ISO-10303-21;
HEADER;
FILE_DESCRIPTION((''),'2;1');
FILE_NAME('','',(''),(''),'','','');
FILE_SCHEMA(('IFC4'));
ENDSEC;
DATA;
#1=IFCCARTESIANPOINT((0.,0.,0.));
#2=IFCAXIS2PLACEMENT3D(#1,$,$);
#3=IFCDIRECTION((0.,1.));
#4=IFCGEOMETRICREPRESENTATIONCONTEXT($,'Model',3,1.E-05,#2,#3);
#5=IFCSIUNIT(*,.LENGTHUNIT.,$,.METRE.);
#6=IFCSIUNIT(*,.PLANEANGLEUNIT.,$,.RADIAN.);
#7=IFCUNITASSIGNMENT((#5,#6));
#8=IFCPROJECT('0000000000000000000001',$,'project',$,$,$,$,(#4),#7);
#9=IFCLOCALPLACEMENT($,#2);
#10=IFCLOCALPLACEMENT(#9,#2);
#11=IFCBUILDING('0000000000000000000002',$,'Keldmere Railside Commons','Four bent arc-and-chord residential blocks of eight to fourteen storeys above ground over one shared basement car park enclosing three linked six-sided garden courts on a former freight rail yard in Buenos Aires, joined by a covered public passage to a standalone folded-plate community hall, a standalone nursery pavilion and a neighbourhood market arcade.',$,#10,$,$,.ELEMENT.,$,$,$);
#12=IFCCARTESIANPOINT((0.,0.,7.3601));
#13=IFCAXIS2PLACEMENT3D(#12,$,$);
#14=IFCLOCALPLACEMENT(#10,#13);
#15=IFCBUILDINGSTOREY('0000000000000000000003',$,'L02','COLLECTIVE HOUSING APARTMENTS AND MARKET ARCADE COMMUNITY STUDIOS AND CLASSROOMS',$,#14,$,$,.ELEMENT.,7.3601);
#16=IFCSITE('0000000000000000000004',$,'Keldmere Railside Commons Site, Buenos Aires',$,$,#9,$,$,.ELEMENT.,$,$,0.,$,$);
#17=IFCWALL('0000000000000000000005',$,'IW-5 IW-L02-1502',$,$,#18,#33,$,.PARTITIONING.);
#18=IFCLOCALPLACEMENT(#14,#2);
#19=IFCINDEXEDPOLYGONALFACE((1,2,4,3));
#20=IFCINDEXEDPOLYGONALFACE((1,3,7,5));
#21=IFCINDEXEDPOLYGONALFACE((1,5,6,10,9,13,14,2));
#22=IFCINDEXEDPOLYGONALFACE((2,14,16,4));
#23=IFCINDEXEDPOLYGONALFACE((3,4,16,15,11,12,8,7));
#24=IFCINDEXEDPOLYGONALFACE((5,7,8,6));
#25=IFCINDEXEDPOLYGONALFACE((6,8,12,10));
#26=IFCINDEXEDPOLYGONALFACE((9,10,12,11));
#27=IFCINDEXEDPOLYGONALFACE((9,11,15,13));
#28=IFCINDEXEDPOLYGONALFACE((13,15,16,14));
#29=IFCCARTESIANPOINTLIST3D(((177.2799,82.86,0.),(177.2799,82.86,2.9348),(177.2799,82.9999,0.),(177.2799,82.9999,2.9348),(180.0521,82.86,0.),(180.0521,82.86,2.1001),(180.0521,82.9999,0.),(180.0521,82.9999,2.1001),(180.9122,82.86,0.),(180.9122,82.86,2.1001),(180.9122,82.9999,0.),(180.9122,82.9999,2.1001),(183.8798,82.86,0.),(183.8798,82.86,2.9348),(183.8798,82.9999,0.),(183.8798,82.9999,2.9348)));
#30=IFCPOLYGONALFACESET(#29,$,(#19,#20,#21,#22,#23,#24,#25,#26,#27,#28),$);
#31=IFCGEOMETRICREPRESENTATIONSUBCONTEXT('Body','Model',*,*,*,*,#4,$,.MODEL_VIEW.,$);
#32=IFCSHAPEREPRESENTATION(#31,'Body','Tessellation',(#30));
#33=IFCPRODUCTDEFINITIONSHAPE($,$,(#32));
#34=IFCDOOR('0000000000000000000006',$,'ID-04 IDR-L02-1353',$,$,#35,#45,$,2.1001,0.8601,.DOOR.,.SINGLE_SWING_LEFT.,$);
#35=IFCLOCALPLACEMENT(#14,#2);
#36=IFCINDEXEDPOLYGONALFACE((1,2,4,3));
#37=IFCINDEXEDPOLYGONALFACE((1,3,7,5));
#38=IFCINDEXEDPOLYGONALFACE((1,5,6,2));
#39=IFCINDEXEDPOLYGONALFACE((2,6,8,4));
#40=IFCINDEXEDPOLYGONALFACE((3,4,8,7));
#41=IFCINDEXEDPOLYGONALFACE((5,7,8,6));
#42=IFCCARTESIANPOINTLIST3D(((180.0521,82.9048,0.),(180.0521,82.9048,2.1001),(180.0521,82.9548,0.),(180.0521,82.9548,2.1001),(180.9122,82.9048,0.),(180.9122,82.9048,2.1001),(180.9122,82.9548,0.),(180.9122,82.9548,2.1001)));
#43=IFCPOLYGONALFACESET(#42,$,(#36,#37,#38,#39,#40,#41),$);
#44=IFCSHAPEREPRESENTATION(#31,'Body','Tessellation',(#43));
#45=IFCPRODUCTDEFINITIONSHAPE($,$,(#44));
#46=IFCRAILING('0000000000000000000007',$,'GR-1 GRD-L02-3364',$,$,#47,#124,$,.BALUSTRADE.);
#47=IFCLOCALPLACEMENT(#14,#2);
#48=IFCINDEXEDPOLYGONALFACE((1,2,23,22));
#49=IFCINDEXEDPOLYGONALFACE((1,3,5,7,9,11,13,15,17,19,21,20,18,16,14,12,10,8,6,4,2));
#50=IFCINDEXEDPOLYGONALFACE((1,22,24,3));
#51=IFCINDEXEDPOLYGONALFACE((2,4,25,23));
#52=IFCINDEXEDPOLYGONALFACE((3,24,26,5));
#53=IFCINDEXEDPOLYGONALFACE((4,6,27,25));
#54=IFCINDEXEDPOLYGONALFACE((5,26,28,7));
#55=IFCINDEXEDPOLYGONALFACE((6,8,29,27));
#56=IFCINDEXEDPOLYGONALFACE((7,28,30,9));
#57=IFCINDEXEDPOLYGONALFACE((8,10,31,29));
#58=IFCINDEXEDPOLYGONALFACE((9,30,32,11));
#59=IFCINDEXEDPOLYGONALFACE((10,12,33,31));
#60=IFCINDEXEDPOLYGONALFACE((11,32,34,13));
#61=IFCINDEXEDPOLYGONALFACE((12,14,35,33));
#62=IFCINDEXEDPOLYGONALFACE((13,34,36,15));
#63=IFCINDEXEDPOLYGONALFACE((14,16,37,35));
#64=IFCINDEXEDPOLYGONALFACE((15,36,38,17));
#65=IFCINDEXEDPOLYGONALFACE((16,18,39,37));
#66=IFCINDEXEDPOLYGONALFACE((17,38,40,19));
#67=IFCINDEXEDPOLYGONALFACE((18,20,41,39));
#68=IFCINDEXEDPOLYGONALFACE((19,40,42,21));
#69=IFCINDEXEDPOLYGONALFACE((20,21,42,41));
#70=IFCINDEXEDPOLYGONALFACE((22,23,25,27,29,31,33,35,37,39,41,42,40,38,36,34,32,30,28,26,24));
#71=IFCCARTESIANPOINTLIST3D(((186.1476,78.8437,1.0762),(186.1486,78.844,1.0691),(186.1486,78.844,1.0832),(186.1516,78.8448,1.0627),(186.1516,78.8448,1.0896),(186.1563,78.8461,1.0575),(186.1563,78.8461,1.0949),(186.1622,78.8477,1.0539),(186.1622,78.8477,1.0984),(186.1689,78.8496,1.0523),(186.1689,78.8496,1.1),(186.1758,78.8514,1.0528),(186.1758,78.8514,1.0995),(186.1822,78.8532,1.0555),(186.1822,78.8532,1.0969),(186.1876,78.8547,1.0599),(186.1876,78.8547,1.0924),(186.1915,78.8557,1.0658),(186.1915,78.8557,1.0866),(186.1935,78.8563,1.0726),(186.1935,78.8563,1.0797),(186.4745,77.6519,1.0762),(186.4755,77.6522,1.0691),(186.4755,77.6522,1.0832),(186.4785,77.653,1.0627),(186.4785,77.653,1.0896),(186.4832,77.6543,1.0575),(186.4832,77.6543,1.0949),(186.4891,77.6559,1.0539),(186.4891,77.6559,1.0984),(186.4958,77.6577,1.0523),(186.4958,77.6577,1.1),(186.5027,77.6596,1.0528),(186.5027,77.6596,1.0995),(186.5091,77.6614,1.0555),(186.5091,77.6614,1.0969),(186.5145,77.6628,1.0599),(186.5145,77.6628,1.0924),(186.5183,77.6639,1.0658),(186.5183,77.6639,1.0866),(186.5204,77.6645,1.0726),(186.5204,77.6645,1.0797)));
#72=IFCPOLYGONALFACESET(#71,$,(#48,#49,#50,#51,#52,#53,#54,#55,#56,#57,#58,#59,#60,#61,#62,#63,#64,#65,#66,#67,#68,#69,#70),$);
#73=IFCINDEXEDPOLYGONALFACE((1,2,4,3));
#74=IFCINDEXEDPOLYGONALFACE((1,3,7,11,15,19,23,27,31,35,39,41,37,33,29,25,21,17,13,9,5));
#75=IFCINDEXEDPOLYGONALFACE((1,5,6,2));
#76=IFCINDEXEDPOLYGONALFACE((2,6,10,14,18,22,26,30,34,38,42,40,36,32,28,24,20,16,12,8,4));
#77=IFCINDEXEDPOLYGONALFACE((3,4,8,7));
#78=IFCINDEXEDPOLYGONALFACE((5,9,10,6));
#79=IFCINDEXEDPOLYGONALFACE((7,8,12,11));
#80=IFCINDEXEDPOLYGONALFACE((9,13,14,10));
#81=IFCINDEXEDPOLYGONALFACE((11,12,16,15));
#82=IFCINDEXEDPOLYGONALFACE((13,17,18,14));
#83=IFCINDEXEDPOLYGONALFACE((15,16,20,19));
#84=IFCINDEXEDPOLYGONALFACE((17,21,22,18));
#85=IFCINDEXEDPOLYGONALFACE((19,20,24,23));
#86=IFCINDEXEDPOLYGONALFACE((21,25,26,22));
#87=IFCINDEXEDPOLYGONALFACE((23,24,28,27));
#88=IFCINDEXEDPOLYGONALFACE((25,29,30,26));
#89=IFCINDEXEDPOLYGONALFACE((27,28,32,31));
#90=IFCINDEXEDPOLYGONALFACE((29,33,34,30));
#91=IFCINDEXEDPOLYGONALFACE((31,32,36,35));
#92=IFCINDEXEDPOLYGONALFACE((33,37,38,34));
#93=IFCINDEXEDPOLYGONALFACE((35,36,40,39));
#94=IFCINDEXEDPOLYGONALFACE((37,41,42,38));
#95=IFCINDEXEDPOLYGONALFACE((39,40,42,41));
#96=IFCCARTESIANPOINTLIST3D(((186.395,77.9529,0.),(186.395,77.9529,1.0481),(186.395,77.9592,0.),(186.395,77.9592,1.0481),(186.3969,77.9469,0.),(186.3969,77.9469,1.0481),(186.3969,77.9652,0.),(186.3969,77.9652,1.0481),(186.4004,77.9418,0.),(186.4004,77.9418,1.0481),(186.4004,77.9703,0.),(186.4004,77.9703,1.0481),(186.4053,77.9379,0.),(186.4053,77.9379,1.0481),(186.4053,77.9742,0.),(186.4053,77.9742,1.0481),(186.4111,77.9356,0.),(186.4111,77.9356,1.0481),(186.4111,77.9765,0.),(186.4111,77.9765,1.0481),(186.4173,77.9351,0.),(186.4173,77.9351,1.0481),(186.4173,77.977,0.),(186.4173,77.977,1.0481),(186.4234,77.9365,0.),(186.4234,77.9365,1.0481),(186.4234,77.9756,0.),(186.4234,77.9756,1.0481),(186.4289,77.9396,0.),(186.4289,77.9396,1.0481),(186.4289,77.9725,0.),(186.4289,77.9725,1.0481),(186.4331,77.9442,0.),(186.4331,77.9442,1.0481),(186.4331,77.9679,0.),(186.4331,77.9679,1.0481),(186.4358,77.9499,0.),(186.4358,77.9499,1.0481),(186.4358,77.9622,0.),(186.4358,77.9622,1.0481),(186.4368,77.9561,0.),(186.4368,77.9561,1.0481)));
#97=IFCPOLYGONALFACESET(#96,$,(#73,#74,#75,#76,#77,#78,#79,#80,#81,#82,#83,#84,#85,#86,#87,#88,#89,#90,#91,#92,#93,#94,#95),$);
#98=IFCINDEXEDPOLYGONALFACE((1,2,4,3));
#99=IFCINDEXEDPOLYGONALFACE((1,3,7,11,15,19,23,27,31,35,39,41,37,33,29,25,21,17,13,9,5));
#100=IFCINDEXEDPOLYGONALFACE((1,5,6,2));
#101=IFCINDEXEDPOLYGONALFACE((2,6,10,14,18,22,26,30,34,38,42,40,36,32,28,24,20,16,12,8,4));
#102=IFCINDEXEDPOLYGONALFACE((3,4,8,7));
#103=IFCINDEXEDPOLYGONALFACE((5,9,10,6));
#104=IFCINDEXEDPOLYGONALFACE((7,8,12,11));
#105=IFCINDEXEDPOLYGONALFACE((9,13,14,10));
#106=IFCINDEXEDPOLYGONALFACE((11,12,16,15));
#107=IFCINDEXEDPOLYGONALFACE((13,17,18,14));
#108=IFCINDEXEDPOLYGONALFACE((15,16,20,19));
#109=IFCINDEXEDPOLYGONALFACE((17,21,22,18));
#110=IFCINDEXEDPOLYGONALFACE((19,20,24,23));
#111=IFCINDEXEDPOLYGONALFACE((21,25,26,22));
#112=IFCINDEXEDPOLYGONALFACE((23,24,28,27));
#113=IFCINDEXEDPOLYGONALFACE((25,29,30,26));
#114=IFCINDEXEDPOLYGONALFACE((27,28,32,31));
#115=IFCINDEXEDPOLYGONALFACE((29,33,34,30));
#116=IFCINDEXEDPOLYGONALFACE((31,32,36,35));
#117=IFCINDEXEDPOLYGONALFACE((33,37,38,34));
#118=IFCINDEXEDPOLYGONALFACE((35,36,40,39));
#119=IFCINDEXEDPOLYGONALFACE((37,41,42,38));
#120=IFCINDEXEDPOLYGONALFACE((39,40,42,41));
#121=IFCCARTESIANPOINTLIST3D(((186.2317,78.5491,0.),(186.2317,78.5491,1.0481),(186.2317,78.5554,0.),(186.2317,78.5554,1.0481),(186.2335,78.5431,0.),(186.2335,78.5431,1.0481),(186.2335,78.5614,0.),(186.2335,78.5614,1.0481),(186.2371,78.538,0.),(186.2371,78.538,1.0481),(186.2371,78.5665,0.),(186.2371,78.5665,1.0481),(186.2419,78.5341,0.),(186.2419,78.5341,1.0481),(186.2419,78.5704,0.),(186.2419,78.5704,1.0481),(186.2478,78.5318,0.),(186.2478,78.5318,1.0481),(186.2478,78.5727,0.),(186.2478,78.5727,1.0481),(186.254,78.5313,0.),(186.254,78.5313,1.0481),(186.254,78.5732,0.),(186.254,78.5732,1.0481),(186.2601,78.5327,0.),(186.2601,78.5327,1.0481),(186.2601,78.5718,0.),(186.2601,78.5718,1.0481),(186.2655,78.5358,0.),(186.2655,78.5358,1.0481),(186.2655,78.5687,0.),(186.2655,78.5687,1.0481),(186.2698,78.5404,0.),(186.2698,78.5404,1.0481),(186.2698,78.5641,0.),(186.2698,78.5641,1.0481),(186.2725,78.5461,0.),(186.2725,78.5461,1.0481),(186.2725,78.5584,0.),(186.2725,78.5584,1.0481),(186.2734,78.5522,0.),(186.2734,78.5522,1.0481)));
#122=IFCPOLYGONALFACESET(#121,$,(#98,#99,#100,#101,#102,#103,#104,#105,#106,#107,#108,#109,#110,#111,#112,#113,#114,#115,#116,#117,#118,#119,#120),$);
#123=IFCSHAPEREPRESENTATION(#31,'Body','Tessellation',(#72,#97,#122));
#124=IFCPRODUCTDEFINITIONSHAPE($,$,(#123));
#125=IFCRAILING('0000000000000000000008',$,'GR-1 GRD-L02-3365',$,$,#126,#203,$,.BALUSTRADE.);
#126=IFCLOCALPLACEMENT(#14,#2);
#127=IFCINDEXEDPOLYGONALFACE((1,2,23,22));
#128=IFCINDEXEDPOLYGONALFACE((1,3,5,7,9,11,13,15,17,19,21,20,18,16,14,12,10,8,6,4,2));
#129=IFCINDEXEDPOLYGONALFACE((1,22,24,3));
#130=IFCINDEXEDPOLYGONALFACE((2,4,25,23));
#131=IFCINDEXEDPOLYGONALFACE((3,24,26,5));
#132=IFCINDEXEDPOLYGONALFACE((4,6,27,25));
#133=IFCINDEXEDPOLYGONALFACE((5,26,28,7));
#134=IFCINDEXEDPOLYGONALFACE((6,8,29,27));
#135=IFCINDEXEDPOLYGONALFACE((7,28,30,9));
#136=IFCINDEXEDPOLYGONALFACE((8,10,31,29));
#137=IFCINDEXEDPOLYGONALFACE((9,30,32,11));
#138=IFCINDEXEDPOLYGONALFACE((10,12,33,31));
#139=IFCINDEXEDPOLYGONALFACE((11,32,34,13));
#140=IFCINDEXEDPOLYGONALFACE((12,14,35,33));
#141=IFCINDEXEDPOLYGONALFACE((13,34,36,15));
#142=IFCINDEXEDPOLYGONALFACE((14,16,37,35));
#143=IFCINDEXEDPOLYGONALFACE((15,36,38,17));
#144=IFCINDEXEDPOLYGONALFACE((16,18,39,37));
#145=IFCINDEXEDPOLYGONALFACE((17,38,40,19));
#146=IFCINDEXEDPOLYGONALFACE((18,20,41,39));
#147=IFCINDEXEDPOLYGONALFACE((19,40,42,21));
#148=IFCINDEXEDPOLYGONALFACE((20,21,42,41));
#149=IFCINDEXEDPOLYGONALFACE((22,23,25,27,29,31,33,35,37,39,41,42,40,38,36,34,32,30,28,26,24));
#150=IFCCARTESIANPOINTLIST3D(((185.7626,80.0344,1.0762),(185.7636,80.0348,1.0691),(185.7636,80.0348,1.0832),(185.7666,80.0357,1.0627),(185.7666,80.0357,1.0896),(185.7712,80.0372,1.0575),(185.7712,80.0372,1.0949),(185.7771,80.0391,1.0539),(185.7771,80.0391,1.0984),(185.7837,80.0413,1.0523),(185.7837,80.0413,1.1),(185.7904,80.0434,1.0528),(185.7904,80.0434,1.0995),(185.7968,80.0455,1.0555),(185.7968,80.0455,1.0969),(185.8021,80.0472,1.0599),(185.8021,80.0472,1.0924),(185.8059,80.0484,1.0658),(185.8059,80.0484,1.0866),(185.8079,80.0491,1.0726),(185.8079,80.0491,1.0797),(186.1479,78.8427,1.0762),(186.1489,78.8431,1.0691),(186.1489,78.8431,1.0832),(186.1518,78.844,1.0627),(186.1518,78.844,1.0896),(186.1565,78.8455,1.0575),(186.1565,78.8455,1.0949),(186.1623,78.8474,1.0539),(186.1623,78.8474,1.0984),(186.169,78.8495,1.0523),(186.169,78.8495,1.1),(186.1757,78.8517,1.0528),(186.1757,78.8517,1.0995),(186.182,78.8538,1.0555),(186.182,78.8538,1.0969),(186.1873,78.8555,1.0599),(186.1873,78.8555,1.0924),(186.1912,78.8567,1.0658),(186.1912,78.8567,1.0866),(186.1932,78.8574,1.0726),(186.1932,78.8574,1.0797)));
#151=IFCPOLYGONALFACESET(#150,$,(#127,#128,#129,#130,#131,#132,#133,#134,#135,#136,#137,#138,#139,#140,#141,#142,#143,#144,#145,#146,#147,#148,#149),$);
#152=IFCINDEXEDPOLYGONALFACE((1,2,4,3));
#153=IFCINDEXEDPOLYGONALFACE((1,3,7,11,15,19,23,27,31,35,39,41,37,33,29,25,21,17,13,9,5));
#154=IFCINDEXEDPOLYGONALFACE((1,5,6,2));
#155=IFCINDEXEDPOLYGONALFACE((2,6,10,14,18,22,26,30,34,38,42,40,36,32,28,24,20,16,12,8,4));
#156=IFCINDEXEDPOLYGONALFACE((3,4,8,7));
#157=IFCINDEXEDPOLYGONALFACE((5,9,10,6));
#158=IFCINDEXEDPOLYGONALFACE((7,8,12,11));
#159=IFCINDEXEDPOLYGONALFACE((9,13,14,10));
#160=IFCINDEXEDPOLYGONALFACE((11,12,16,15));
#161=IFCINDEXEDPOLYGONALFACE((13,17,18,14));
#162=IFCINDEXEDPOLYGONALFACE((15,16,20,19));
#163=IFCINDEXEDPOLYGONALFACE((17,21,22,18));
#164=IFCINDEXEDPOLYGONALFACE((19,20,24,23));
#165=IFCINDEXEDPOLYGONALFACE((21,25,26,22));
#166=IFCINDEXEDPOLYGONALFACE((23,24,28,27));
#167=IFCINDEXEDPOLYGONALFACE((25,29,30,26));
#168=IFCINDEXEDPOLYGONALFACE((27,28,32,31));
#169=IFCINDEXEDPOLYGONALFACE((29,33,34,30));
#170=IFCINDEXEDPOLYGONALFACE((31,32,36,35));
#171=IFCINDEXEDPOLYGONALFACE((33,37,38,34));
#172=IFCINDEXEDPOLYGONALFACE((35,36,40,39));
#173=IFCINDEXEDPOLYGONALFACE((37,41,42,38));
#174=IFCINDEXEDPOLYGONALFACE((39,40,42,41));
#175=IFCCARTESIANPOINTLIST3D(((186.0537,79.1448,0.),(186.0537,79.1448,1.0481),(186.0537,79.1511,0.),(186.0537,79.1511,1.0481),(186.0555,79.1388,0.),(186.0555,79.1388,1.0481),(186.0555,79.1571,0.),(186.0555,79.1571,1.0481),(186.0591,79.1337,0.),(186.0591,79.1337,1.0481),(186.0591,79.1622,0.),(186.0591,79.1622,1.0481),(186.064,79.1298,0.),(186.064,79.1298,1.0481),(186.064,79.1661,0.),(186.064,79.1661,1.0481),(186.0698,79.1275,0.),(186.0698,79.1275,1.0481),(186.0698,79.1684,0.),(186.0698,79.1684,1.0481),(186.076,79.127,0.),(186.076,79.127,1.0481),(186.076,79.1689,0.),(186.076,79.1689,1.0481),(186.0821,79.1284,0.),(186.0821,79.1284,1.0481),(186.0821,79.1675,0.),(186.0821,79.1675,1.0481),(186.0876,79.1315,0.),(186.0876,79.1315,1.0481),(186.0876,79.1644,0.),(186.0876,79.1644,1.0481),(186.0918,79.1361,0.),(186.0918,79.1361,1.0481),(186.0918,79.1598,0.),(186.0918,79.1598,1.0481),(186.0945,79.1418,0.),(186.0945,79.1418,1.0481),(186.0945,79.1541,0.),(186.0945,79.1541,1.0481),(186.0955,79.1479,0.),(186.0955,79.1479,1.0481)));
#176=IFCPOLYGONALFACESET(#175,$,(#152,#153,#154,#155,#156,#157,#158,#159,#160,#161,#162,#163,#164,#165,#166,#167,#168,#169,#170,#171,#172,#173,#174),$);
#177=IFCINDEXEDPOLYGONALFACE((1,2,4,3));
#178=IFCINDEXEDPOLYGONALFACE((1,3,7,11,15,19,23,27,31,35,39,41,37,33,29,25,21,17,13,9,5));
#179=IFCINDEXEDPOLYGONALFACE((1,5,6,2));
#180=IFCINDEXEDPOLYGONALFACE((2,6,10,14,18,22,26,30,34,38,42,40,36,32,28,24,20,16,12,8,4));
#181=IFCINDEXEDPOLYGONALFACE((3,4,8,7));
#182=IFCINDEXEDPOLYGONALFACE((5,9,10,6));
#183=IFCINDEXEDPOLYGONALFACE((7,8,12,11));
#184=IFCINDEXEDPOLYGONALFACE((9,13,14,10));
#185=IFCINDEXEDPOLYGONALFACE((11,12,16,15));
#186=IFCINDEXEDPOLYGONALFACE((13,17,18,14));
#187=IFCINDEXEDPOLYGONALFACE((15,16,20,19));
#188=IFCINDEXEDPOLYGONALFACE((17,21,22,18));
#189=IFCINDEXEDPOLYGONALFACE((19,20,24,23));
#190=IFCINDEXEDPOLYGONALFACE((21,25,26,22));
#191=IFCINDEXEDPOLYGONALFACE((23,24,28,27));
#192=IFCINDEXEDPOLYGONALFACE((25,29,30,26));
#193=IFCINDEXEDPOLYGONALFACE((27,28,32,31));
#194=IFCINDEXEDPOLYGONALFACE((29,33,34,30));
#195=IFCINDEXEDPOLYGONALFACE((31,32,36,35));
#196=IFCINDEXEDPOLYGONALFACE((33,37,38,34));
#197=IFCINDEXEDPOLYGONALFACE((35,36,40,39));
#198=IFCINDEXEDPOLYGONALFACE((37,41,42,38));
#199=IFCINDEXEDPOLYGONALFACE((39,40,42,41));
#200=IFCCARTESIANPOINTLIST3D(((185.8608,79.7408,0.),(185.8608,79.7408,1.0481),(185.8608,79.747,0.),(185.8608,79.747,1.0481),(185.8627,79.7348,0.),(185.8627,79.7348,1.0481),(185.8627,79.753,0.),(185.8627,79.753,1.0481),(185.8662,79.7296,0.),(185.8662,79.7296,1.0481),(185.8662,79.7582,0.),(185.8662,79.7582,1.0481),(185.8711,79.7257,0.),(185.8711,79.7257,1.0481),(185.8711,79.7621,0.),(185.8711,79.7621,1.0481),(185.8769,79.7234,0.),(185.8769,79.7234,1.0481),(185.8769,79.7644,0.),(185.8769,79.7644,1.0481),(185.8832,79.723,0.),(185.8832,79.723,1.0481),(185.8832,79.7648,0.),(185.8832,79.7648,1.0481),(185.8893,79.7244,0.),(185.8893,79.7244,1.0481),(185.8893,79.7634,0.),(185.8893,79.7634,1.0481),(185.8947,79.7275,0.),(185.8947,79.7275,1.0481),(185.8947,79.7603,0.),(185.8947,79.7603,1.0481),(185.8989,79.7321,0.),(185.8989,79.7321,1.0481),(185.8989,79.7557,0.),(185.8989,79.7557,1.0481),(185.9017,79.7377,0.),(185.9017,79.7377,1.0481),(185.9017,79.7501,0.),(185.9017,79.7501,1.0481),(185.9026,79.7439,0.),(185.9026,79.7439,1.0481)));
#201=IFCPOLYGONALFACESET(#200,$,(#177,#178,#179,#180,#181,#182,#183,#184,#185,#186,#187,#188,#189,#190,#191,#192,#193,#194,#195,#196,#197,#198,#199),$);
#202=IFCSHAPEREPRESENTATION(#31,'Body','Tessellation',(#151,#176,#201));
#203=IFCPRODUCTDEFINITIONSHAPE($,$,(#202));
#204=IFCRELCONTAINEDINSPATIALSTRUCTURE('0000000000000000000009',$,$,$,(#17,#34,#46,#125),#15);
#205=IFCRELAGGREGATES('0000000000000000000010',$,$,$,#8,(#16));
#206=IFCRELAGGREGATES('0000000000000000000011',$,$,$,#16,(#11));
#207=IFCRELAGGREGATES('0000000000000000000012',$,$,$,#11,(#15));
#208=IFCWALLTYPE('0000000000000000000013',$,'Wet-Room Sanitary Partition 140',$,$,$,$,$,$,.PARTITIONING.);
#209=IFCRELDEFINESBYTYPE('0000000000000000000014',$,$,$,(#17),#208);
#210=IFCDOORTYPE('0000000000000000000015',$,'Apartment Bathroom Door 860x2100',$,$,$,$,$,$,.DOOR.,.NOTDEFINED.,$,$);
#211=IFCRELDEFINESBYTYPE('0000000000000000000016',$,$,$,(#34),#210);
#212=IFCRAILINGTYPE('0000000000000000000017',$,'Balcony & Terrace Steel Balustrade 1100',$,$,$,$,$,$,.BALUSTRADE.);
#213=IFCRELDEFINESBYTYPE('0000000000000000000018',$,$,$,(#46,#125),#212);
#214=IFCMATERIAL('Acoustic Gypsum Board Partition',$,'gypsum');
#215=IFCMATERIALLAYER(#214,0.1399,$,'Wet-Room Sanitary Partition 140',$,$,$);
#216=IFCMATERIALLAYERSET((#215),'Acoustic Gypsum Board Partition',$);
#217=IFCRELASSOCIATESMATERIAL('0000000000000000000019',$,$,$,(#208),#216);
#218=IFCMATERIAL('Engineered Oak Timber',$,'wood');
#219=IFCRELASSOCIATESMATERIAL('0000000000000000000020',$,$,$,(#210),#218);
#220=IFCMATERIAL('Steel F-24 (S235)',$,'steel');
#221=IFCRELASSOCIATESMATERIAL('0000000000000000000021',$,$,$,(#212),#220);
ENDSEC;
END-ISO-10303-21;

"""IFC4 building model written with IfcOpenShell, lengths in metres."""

from ifc_helpers import new_model, si_unit, direction, frame, frame_2d, origin, origin_2d, place, context, subcontext, project, spatial, rectangle, circle, extrude, material, layer, layer_set, type_object, element, fill, save


model = new_model("IFC4")

# Units and contexts
model_context = context("Model", 3, precision=1e-05, world=origin(), true_north=direction((0.0, 1.0)))
body_context = subcontext(model_context, "Body", "Model", "MODEL_VIEW")
ifc_project = project(units=[si_unit("LENGTHUNIT", "METRE"), si_unit("PLANEANGLEUNIT", "RADIAN")], contexts=[model_context])

# Site, building, storey
site_placement = place(None, origin())
site = spatial("IfcSite", under=ifc_project, at=site_placement, Name="Keldmere Railside Commons Site, Buenos Aires", CompositionType="ELEMENT", RefElevation=0.0)
building_placement = place(site_placement, origin())
building = spatial("IfcBuilding", under=site, at=building_placement, Name="Keldmere Railside Commons", Description="Four bent arc-and-chord residential blocks of eight to fourteen storeys above ground over one shared basement car park enclosing three linked six-sided garden courts on a former freight rail yard in Buenos Aires, joined by a covered public passage to a standalone folded-plate community hall, a standalone nursery pavilion and a neighbourhood market arcade.", CompositionType="ELEMENT")
storey_placement = place(building_placement, frame((0.0, 0.0, 7.3601)))
storey = spatial("IfcBuildingStorey", under=building, at=storey_placement, Name="L02", Description="COLLECTIVE HOUSING APARTMENTS AND MARKET ARCADE COMMUNITY STUDIOS AND CLASSROOMS", CompositionType="ELEMENT", Elevation=7.3601)

# Shared definitions
ifc_material_1 = material(Name="Acoustic Gypsum Board Partition", Category="gypsum")
ifc_material_2 = material(Name="Engineered Oak Timber", Category="wood")

# Wall, opening, door
ifc_layer_1 = layer(ifc_material_1, 0.1399, Name="Wet-Room Sanitary Partition 140")
ifc_layer_set_1 = layer_set([ifc_layer_1], Name="Acoustic Gypsum Board Partition")
wall_type_1 = type_object("IfcWallType", Name="Wet-Room Sanitary Partition 140", PredefinedType="PARTITIONING", material=ifc_layer_set_1)
wall_1_placement = place(storey_placement, frame((177.28, 82.9299, 0.0), z_axis=(0.0, 0.0, 1.0), x_axis=(1.0, 0.0, 0.0)))
wall_1 = element("IfcWall", 1, at=wall_1_placement, inside=storey, type_object=wall_type_1, Name="IW-5 IW-L02-1502", PredefinedType="PARTITIONING", context=body_context, shape_type="SweptSolid", body=[
    extrude(rectangle(XDim=6.5999, YDim=0.1399, at=frame_2d((3.2998, 0.0))), origin(), (0.0, 0.0, 1.0), 2.9348),
])
opening_1_placement = place(wall_1_placement, frame((2.772, 0.0, 0.0)))
opening_1 = element("IfcOpeningElement", 2, at=opening_1_placement, cuts=wall_1, PredefinedType="OPENING", context=body_context, shape_type="SweptSolid", body=[
    extrude(rectangle(XDim=0.8601, YDim=2.1001, at=frame_2d((0.4302, 1.05))), frame((0.0, 0.0798, 0.0), z_axis=(0.0, -1.0, 0.0), x_axis=(1.0, 0.0, 0.0)), (0.0, 0.0, 1.0), 0.1599),
])
door_type_1 = type_object("IfcDoorType", Name="Apartment Bathroom Door 860x2100", OperationType="NOTDEFINED", PredefinedType="DOOR", material=ifc_material_2)
door_1_placement = place(opening_1_placement, origin())
door_1 = element("IfcDoor", 3, at=door_1_placement, inside=storey, type_object=door_type_1, Name="ID-04 IDR-L02-1353", OperationType="SINGLE_SWING_LEFT", OverallHeight=2.1001, OverallWidth=0.8601, PredefinedType="DOOR", context=body_context, shape_type="SweptSolid", body=[
    extrude(rectangle(XDim=0.8601, YDim=2.1001, at=frame_2d((0.4302, 1.05))), frame((0.0, 0.0249, 0.0), z_axis=(0.0, -1.0, 0.0), x_axis=(1.0, 0.0, 0.0)), (0.0, 0.0, 1.0), 0.05),
])
fill(opening_1, door_1)

# Railings
ifc_material_3 = material(Name="Steel F-24 (S235)", Category="steel")
railing_type = type_object("IfcRailingType", Name="Balcony & Terrace Steel Balustrade 1100", PredefinedType="BALUSTRADE", material=ifc_material_3)
railing_1_placement = place(storey_placement, frame((186.4976, 77.6582, 0.0)))
element("IfcRailing", 4, at=railing_1_placement, inside=storey, type_object=railing_type, Name="GR-1 GRD-L02-3364", PredefinedType="BALUSTRADE", context=body_context, shape_type="SweptSolid", body=[
    extrude(circle(Radius=0.0239, at=origin_2d()), frame((0.0, 0.0, 1.0762), z_axis=(-0.264504, 0.964384, 0.0), x_axis=(-0.964384, -0.264504, 0.0)), (0.0, 0.0, 1.0), 1.2358),
    extrude(circle(Radius=0.021, at=origin_2d()), frame((-0.0818, 0.2979, 0.0)), (0.0, 0.0, 1.0), 1.0481),
    extrude(circle(Radius=0.021, at=origin_2d()), frame((-0.2451, 0.894, 0.0)), (0.0, 0.0, 1.0), 1.0481),
])
railing_2_placement = place(storey_placement, frame((186.1707, 78.8501, 0.0)))
element("IfcRailing", 5, at=railing_2_placement, inside=storey, type_object=railing_type, Name="GR-1 GRD-L02-3365", PredefinedType="BALUSTRADE", context=body_context, shape_type="SweptSolid", body=[
    extrude(circle(Radius=0.0239, at=origin_2d()), frame((0.0, 0.0, 1.0762), z_axis=(-0.307618, 0.95151, 0.0), x_axis=(-0.95151, -0.307618, 0.0)), (0.0, 0.0, 1.0), 1.2524),
    extrude(circle(Radius=0.021, at=origin_2d()), frame((-0.0962, 0.2979, 0.0)), (0.0, 0.0, 1.0), 1.0481),
    extrude(circle(Radius=0.021, at=origin_2d()), frame((-0.2891, 0.8938, 0.0)), (0.0, 0.0, 1.0), 1.0481),
])

save(model, "model.ifc")
